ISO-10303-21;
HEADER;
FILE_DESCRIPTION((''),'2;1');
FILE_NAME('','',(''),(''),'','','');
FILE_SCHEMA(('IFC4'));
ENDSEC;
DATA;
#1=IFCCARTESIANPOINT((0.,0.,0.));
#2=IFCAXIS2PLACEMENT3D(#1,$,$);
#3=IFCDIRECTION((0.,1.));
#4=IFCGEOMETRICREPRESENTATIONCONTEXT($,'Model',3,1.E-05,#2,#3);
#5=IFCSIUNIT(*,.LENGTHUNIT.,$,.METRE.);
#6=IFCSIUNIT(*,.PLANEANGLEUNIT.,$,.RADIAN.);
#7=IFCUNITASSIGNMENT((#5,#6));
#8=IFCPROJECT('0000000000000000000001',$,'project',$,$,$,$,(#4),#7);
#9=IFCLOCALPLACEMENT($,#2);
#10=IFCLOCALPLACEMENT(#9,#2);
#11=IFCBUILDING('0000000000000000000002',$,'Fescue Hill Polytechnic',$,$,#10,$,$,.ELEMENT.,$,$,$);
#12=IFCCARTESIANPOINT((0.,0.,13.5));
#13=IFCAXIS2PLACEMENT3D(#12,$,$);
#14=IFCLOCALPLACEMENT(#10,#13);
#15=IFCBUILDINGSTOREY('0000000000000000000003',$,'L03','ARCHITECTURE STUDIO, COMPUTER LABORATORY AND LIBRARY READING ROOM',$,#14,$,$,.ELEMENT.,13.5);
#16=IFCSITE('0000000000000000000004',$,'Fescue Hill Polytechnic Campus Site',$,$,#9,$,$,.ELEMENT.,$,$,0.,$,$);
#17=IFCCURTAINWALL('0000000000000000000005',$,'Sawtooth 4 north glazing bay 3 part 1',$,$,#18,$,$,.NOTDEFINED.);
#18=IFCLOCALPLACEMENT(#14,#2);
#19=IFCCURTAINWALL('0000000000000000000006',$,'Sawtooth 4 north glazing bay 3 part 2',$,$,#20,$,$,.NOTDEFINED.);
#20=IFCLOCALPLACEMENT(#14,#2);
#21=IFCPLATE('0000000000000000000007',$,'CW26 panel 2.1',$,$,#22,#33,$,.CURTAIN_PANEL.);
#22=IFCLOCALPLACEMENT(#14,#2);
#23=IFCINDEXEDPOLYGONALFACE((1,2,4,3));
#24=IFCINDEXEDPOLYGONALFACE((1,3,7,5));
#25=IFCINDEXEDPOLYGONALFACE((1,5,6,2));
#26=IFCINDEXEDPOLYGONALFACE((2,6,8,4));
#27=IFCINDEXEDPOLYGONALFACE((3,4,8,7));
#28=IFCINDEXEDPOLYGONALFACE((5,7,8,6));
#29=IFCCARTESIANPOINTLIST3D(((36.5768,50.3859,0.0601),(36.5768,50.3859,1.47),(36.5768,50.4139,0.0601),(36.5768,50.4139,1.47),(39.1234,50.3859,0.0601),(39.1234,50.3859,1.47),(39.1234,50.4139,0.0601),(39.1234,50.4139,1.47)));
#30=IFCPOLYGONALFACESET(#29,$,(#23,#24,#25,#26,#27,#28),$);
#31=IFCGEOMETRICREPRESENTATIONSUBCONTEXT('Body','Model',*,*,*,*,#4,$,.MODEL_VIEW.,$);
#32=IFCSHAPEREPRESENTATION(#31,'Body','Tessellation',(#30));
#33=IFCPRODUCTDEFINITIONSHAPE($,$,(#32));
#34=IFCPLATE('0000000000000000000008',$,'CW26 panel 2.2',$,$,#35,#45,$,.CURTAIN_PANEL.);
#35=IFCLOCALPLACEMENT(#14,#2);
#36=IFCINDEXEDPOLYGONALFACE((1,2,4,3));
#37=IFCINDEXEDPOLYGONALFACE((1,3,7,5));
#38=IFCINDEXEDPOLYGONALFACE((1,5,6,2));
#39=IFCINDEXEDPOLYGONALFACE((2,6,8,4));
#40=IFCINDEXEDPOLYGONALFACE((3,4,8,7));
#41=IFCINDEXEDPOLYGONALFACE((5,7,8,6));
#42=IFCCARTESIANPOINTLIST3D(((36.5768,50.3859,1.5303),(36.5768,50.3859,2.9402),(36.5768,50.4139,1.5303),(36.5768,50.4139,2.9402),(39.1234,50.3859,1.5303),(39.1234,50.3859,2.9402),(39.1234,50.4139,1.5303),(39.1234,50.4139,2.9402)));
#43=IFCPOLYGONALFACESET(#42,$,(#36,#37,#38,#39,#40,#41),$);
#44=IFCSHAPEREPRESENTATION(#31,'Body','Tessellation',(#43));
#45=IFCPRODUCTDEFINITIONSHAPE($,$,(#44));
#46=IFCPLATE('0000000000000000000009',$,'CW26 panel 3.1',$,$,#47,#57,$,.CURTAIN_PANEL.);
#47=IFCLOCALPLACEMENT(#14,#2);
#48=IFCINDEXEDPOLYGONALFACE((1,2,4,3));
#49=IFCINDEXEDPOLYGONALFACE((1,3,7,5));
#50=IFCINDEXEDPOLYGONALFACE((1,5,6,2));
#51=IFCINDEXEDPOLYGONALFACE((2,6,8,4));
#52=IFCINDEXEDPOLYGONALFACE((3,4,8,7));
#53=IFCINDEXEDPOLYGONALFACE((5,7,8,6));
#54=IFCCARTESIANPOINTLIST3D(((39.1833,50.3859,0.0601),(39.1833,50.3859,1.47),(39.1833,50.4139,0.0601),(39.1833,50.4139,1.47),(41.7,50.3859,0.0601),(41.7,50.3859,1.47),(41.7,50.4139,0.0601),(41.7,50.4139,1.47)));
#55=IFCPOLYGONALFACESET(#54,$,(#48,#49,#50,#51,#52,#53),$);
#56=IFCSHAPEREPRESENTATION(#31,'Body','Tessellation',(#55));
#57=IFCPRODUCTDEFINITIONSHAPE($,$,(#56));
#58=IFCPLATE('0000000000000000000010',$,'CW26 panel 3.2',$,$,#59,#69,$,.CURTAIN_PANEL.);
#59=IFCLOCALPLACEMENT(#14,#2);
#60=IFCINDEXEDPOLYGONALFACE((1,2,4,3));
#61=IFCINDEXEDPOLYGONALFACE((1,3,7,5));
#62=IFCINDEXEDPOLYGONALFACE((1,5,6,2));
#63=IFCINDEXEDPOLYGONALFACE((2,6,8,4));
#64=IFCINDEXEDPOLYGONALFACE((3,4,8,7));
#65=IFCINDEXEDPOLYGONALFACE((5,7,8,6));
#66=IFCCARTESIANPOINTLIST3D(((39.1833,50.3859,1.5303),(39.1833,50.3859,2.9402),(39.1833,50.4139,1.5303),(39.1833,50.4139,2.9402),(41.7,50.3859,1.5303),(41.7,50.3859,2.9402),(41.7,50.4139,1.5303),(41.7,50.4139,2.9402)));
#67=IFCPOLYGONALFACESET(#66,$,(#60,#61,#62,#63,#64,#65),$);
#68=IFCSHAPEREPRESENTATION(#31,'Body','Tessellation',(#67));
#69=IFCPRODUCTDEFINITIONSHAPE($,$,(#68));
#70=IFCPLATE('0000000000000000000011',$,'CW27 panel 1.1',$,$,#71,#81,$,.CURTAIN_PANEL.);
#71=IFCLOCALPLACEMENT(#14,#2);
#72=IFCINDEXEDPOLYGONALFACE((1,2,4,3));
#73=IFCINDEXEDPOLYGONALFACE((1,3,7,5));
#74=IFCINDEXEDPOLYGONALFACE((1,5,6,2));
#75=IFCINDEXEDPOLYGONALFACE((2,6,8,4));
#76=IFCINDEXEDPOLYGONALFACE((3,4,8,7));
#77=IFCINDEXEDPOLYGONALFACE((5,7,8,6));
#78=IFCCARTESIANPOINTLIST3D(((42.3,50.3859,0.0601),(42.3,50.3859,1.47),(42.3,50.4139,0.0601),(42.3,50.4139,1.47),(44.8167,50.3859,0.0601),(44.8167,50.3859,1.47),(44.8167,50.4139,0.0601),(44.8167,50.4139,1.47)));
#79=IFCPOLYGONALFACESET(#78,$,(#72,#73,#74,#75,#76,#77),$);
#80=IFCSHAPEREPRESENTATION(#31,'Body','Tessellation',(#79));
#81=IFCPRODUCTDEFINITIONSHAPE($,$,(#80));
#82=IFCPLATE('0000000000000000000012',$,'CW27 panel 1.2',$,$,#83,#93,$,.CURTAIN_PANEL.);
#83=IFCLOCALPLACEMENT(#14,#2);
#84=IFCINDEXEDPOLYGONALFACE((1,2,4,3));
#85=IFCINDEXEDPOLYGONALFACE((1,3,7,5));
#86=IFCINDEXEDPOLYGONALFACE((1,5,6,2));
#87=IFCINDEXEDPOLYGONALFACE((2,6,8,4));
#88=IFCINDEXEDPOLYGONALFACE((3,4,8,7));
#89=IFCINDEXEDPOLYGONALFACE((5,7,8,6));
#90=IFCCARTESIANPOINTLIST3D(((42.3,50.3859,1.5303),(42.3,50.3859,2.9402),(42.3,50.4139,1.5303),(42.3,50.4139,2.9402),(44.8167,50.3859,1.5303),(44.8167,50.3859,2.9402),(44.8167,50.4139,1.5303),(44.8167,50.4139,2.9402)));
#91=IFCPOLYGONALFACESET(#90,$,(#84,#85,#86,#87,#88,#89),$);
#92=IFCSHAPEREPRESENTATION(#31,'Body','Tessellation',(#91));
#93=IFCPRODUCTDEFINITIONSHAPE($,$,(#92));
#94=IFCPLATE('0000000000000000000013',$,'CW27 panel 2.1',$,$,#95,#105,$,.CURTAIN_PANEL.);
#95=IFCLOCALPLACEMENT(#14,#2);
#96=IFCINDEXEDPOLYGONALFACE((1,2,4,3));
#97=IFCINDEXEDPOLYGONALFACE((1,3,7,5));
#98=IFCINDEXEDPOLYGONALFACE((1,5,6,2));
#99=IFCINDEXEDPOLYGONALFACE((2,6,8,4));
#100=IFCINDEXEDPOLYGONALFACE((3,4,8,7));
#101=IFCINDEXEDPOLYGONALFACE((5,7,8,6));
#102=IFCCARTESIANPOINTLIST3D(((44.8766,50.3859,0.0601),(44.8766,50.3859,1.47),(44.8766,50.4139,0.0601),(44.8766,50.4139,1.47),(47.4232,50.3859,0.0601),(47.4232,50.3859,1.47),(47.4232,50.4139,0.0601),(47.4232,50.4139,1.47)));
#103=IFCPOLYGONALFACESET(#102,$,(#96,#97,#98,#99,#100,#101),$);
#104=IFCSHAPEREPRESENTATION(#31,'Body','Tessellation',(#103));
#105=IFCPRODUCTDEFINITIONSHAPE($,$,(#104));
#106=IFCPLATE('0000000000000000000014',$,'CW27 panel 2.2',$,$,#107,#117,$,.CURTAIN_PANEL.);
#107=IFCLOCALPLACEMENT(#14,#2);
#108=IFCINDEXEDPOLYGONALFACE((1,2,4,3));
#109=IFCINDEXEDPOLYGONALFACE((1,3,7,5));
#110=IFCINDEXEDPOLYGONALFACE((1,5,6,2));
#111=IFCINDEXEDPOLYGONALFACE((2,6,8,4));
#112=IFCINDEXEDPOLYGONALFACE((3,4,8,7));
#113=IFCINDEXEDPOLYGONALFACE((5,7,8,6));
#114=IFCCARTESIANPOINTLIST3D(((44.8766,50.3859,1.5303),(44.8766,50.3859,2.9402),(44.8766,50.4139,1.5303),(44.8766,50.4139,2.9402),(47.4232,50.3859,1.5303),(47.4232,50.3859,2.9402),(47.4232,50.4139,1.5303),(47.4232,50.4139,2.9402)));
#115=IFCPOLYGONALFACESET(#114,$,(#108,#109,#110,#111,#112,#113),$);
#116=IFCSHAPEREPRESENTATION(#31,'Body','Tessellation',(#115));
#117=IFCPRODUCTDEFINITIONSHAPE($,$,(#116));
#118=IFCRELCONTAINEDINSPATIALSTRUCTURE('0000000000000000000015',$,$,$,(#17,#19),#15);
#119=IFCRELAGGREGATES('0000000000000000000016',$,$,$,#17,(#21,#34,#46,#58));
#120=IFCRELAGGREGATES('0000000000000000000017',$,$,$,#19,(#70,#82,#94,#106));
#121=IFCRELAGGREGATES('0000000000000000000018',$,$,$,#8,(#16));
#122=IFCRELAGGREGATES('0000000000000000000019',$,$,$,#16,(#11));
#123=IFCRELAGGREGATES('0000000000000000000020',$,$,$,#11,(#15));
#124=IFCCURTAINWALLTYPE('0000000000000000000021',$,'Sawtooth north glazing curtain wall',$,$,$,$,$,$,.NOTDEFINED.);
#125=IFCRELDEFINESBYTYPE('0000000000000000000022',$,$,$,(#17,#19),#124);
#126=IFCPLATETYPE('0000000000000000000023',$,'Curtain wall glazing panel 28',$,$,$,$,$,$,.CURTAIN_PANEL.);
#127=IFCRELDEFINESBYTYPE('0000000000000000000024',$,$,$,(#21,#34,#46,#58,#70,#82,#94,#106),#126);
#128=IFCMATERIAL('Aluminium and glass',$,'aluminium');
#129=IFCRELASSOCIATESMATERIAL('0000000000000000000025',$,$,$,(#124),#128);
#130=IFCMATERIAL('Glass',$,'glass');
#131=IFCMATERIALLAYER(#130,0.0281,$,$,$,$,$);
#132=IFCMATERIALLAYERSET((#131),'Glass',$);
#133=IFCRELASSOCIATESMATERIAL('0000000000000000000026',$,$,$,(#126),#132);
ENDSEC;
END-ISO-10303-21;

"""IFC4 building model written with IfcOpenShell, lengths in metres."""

from ifc_helpers import new_model, si_unit, direction, frame, origin, origin_2d, place, context, subcontext, project, spatial, rectangle, extrude, material, layer, layer_set, type_object, element, aggregate, save


model = new_model("IFC4")

# Units and contexts
model_context = context("Model", 3, precision=1e-05, world=origin(), true_north=direction((0.0, 1.0)))
body_context = subcontext(model_context, "Body", "Model", "MODEL_VIEW")
ifc_project = project(units=[si_unit("LENGTHUNIT", "METRE"), si_unit("PLANEANGLEUNIT", "RADIAN")], contexts=[model_context])

# Site, building, storey
site_placement = place(None, origin())
site = spatial("IfcSite", under=ifc_project, at=site_placement, Name="Fescue Hill Polytechnic Campus Site", CompositionType="ELEMENT", RefElevation=0.0)
building_placement = place(site_placement, origin())
building = spatial("IfcBuilding", under=site, at=building_placement, Name="Fescue Hill Polytechnic", CompositionType="ELEMENT")
storey_placement = place(building_placement, frame((0.0, 0.0, 13.5)))
storey = spatial("IfcBuildingStorey", under=building, at=storey_placement, Name="L03", Description="ARCHITECTURE STUDIO, COMPUTER LABORATORY AND LIBRARY READING ROOM", CompositionType="ELEMENT", Elevation=13.5)

# Curtain walls
ifc_material_1 = material(Name="Aluminium and glass", Category="aluminium")
curtain_wall_type = type_object("IfcCurtainWallType", Name="Sawtooth north glazing curtain wall", PredefinedType="NOTDEFINED", material=ifc_material_1)
curtain_wall_1_placement = place(storey_placement, origin())
curtain_wall_1 = element("IfcCurtainWall", 1, at=curtain_wall_1_placement, inside=storey, type_object=curtain_wall_type, Name="Sawtooth 4 north glazing bay 3 part 1", PredefinedType="NOTDEFINED")
curtain_wall_2_placement = place(storey_placement, origin())
curtain_wall_2 = element("IfcCurtainWall", 2, at=curtain_wall_2_placement, inside=storey, type_object=curtain_wall_type, Name="Sawtooth 4 north glazing bay 3 part 2", PredefinedType="NOTDEFINED")

# Plates
ifc_material_2 = material(Name="Glass", Category="glass")
ifc_layer = layer(ifc_material_2, 0.0281)
ifc_layer_set = layer_set([ifc_layer], Name="Glass")
plate_type = type_object("IfcPlateType", Name="Curtain wall glazing panel 28", PredefinedType="CURTAIN_PANEL", material=ifc_layer_set)
plate_1_placement = place(storey_placement, frame((37.8501, 50.3999, 0.0601), z_axis=(0.0, 0.0, 1.0), x_axis=(1.0, 0.0, 0.0)))
plate_1 = element("IfcPlate", 3, at=plate_1_placement, type_object=plate_type, Name="CW26 panel 2.1", PredefinedType="CURTAIN_PANEL", context=body_context, shape_type="SweptSolid", body=[
    extrude(rectangle(XDim=2.5466, YDim=0.0281, at=origin_2d()), origin(), (0.0, 0.0, 1.0), 1.4099),
])
plate_2_placement = place(storey_placement, frame((37.8501, 50.3999, 1.5303), z_axis=(0.0, 0.0, 1.0), x_axis=(1.0, 0.0, 0.0)))
plate_2 = element("IfcPlate", 4, at=plate_2_placement, type_object=plate_type, Name="CW26 panel 2.2", PredefinedType="CURTAIN_PANEL", context=body_context, shape_type="SweptSolid", body=[
    extrude(rectangle(XDim=2.5466, YDim=0.0281, at=origin_2d()), origin(), (0.0, 0.0, 1.0), 1.4099),
])
plate_3_placement = place(storey_placement, frame((40.4417, 50.3999, 0.0601), z_axis=(0.0, 0.0, 1.0), x_axis=(1.0, 0.0, 0.0)))
plate_3 = element("IfcPlate", 5, at=plate_3_placement, type_object=plate_type, Name="CW26 panel 3.1", PredefinedType="CURTAIN_PANEL", context=body_context, shape_type="SweptSolid", body=[
    extrude(rectangle(XDim=2.5166, YDim=0.0281, at=origin_2d()), origin(), (0.0, 0.0, 1.0), 1.4099),
])
plate_4_placement = place(storey_placement, frame((40.4417, 50.3999, 1.5303), z_axis=(0.0, 0.0, 1.0), x_axis=(1.0, 0.0, 0.0)))
plate_4 = element("IfcPlate", 6, at=plate_4_placement, type_object=plate_type, Name="CW26 panel 3.2", PredefinedType="CURTAIN_PANEL", context=body_context, shape_type="SweptSolid", body=[
    extrude(rectangle(XDim=2.5166, YDim=0.0281, at=origin_2d()), origin(), (0.0, 0.0, 1.0), 1.4099),
])
aggregate(curtain_wall_1, [plate_1, plate_2, plate_3, plate_4])
plate_5_placement = place(storey_placement, frame((43.5583, 50.3999, 0.0601), z_axis=(0.0, 0.0, 1.0), x_axis=(1.0, 0.0, 0.0)))
plate_5 = element("IfcPlate", 7, at=plate_5_placement, type_object=plate_type, Name="CW27 panel 1.1", PredefinedType="CURTAIN_PANEL", context=body_context, shape_type="SweptSolid", body=[
    extrude(rectangle(XDim=2.5166, YDim=0.0281, at=origin_2d()), origin(), (0.0, 0.0, 1.0), 1.4099),
])
plate_6_placement = place(storey_placement, frame((43.5583, 50.3999, 1.5303), z_axis=(0.0, 0.0, 1.0), x_axis=(1.0, 0.0, 0.0)))
plate_6 = element("IfcPlate", 8, at=plate_6_placement, type_object=plate_type, Name="CW27 panel 1.2", PredefinedType="CURTAIN_PANEL", context=body_context, shape_type="SweptSolid", body=[
    extrude(rectangle(XDim=2.5166, YDim=0.0281, at=origin_2d()), origin(), (0.0, 0.0, 1.0), 1.4099),
])
plate_7_placement = place(storey_placement, frame((46.1499, 50.3999, 0.0601), z_axis=(0.0, 0.0, 1.0), x_axis=(1.0, 0.0, 0.0)))
plate_7 = element("IfcPlate", 9, at=plate_7_placement, type_object=plate_type, Name="CW27 panel 2.1", PredefinedType="CURTAIN_PANEL", context=body_context, shape_type="SweptSolid", body=[
    extrude(rectangle(XDim=2.5466, YDim=0.0281, at=origin_2d()), origin(), (0.0, 0.0, 1.0), 1.4099),
])
plate_8_placement = place(storey_placement, frame((46.1499, 50.3999, 1.5303), z_axis=(0.0, 0.0, 1.0), x_axis=(1.0, 0.0, 0.0)))
plate_8 = element("IfcPlate", 10, at=plate_8_placement, type_object=plate_type, Name="CW27 panel 2.2", PredefinedType="CURTAIN_PANEL", context=body_context, shape_type="SweptSolid", body=[
    extrude(rectangle(XDim=2.5466, YDim=0.0281, at=origin_2d()), origin(), (0.0, 0.0, 1.0), 1.4099),
])
aggregate(curtain_wall_2, [plate_5, plate_6, plate_7, plate_8])

save(model, "model.ifc")
